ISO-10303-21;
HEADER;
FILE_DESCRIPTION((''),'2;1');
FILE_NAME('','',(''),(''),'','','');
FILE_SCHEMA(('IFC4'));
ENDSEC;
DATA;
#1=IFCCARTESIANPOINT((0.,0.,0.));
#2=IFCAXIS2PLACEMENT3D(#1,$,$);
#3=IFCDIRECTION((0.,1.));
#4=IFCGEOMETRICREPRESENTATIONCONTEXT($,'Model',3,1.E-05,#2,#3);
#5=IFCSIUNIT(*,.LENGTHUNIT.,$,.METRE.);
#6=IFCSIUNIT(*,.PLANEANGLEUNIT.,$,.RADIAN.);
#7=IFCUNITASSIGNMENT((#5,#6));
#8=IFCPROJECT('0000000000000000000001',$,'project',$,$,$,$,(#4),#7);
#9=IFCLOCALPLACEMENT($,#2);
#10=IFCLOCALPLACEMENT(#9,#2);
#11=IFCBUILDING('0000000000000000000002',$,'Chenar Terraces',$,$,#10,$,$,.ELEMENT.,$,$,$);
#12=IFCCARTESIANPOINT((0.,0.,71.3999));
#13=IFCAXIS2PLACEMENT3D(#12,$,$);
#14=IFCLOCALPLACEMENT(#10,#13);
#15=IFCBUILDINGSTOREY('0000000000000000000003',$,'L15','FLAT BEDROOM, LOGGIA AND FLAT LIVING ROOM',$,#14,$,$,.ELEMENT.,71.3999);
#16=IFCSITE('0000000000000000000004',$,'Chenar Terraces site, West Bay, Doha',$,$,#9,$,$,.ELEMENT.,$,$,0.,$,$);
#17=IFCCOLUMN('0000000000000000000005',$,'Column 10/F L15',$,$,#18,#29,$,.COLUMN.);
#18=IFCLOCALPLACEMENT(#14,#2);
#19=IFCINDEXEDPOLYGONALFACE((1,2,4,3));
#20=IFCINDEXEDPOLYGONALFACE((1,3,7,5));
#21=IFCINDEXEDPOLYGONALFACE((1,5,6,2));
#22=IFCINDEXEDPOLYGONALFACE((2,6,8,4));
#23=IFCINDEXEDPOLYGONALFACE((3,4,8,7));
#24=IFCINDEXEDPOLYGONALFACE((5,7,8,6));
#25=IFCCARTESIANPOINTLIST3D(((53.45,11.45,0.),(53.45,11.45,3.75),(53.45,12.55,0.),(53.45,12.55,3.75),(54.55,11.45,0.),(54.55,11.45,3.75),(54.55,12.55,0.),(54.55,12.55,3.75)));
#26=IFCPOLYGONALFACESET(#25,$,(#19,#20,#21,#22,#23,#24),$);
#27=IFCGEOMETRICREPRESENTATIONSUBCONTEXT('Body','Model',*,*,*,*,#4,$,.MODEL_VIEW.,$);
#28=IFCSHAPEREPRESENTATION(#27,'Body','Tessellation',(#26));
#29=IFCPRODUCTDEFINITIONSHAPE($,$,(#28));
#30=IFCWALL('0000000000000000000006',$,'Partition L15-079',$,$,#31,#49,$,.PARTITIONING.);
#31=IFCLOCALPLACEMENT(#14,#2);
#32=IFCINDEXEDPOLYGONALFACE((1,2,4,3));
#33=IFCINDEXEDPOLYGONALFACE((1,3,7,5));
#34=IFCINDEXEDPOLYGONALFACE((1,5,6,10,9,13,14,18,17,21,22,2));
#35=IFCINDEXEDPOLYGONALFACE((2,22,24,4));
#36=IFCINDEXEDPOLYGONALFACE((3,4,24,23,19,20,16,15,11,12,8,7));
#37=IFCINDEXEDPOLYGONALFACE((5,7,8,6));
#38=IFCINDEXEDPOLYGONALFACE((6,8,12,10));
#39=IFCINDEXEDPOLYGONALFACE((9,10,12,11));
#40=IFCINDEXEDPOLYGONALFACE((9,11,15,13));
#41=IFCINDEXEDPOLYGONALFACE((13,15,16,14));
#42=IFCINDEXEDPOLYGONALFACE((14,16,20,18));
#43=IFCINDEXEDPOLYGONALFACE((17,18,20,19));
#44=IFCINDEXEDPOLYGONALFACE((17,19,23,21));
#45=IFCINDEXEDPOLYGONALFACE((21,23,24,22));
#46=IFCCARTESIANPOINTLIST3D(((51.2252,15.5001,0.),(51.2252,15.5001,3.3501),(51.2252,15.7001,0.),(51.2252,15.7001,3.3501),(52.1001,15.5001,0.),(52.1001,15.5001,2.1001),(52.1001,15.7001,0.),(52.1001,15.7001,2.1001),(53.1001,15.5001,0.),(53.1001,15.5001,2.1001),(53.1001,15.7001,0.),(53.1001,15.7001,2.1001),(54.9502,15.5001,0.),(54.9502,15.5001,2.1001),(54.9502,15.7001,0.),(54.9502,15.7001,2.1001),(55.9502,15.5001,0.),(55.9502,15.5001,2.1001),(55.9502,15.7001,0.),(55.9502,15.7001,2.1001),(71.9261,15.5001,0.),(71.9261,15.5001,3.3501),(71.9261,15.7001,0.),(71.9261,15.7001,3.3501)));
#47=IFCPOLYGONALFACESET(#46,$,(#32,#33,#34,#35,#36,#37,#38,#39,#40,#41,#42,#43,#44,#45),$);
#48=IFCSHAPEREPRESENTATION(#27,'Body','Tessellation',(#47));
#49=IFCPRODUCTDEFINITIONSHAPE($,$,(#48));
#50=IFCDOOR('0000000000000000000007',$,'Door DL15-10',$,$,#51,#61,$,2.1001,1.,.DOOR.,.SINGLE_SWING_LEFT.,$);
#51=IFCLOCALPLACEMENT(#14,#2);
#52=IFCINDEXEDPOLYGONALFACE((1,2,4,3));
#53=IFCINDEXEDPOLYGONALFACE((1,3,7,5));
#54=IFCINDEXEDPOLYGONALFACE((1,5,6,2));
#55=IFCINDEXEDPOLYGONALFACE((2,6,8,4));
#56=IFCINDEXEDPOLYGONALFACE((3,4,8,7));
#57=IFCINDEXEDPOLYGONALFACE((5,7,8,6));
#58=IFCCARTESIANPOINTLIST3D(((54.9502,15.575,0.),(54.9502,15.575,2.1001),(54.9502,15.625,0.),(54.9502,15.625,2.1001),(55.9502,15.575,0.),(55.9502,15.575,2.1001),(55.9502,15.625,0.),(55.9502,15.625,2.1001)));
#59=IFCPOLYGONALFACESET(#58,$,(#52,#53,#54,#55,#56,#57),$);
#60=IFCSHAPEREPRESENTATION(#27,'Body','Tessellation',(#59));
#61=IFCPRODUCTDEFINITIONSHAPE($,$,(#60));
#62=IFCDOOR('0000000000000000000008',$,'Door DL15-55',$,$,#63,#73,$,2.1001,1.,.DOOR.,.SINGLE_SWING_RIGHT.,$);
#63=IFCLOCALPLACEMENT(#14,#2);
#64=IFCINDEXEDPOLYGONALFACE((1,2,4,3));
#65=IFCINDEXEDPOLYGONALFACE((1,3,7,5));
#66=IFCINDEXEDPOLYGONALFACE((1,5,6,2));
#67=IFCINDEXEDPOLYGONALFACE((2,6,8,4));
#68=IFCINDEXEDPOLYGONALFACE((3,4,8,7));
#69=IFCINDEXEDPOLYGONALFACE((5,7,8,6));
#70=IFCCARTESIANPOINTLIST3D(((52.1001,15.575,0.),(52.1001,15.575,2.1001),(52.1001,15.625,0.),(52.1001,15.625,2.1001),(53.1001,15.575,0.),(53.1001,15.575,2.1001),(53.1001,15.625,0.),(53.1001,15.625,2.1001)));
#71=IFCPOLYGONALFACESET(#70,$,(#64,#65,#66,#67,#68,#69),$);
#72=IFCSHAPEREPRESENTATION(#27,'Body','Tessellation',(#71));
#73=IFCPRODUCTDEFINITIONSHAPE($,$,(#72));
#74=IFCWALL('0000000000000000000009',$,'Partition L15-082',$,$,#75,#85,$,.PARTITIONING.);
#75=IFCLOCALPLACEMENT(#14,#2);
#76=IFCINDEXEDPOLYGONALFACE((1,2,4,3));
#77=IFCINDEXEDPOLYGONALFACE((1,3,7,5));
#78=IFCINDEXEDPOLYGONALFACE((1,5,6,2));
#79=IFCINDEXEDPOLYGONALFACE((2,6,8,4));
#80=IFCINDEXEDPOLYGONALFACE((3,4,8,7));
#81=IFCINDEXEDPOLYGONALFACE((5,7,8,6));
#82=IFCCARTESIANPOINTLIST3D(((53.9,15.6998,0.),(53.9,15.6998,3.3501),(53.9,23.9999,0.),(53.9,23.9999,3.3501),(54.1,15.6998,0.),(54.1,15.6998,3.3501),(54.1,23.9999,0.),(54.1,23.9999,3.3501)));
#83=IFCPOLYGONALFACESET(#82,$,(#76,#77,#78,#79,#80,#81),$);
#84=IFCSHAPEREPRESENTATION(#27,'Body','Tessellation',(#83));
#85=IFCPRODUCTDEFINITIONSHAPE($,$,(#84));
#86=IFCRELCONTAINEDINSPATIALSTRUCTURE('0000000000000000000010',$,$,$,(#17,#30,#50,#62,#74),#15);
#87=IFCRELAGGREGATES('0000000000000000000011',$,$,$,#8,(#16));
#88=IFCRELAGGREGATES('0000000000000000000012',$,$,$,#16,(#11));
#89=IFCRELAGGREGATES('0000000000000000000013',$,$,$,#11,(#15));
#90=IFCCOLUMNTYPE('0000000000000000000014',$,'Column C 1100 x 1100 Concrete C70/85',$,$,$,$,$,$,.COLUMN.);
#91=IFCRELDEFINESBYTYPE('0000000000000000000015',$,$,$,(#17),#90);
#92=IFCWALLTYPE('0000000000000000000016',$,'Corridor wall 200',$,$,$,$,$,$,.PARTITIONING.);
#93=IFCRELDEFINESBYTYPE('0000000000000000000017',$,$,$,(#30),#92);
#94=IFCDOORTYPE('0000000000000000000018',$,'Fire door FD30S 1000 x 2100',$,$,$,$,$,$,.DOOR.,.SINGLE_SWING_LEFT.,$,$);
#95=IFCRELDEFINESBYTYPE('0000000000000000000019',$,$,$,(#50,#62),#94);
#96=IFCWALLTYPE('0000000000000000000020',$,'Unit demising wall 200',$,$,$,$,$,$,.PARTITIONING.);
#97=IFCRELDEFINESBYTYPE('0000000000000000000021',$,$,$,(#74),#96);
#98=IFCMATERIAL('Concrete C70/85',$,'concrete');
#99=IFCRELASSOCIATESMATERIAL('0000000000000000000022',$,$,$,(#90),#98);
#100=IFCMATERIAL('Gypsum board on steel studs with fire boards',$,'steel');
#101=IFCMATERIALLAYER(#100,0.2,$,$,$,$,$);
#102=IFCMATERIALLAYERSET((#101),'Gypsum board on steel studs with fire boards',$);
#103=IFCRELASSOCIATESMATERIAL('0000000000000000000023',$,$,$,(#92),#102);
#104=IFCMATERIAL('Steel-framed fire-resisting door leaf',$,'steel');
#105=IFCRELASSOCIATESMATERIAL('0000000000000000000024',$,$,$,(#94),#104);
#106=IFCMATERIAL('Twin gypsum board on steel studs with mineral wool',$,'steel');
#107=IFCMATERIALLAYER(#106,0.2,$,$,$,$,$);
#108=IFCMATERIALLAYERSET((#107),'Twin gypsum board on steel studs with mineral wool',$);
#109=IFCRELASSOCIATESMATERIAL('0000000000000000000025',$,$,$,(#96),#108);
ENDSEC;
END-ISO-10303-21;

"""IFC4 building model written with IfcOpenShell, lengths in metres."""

from ifc_helpers import new_model, si_unit, direction, frame, frame_2d, origin, origin_2d, place, context, subcontext, project, spatial, rectangle, extrude, material, layer, layer_set, material_profile, profile_set, type_object, element, fill, save


model = new_model("IFC4")

# Units and contexts
model_context = context("Model", 3, precision=1e-05, world=origin(), true_north=direction((0.0, 1.0)))
body_context = subcontext(model_context, "Body", "Model", "MODEL_VIEW")
ifc_project = project(units=[si_unit("LENGTHUNIT", "METRE"), si_unit("PLANEANGLEUNIT", "RADIAN")], contexts=[model_context])

# Site, building, storey
site_placement = place(None, origin())
site = spatial("IfcSite", under=ifc_project, at=site_placement, Name="Chenar Terraces site, West Bay, Doha", CompositionType="ELEMENT", RefElevation=0.0)
building_placement = place(site_placement, origin())
building = spatial("IfcBuilding", under=site, at=building_placement, Name="Chenar Terraces", CompositionType="ELEMENT")
storey_placement = place(building_placement, frame((0.0, 0.0, 71.3999)))
storey = spatial("IfcBuildingStorey", under=building, at=storey_placement, Name="L15", Description="FLAT BEDROOM, LOGGIA AND FLAT LIVING ROOM", CompositionType="ELEMENT", Elevation=71.3999)

# Column
ifc_material_1 = material(Name="Concrete C70/85", Category="concrete")
ifc_material_profile = material_profile(ifc_material_1, rectangle(XDim=1.1001, YDim=1.1001, at=origin_2d()), Name="C 1100 x 1100")
ifc_profile_set = profile_set([ifc_material_profile], Name="Concrete C70/85")
column_type = type_object("IfcColumnType", Name="Column C 1100 x 1100 Concrete C70/85", PredefinedType="COLUMN", material=ifc_profile_set)
column_placement = place(storey_placement, frame((54.0, 12.0, 0.0), z_axis=(0.0, 0.0, 1.0), x_axis=(1.0, 0.0, 0.0)))
element("IfcColumn", 1, at=column_placement, inside=storey, type_object=column_type, Name="Column 10/F L15", PredefinedType="COLUMN", context=body_context, shape_type="SweptSolid", body=[
    extrude(rectangle(XDim=1.1001, YDim=1.1001, at=origin_2d()), origin(), (0.0, 0.0, 1.0), 3.75),
])

# Wall, openings, doors
ifc_material_2 = material(Name="Gypsum board on steel studs with fire boards", Category="steel")
ifc_layer_1 = layer(ifc_material_2, 0.2)
ifc_layer_set_1 = layer_set([ifc_layer_1], Name="Gypsum board on steel studs with fire boards")
wall_type_1 = type_object("IfcWallType", Name="Corridor wall 200", PredefinedType="PARTITIONING", material=ifc_layer_set_1)
wall_1_placement = place(storey_placement, frame((51.2251, 15.6001, 0.0), z_axis=(0.0, 0.0, 1.0), x_axis=(1.0, 0.0, 0.0)))
wall_1 = element("IfcWall", 2, at=wall_1_placement, inside=storey, type_object=wall_type_1, Name="Partition L15-079", PredefinedType="PARTITIONING", context=body_context, shape_type="SweptSolid", body=[
    extrude(rectangle(XDim=20.7009, YDim=0.2, at=frame_2d((10.3506, 0.0))), origin(), (0.0, 0.0, 1.0), 3.3501),
])
opening_1_placement = place(wall_1_placement, frame((3.7251, 0.0, 0.0)))
opening_1 = element("IfcOpeningElement", 3, at=opening_1_placement, cuts=wall_1, PredefinedType="OPENING", context=body_context, shape_type="SweptSolid", body=[
    extrude(rectangle(XDim=1.0, YDim=2.1001, at=frame_2d((0.5, 1.05))), frame((0.0, 0.1099, 0.0), z_axis=(0.0, -1.0, 0.0), x_axis=(1.0, 0.0, 0.0)), (0.0, 0.0, 1.0), 0.22),
])
opening_2_placement = place(wall_1_placement, frame((0.875, 0.0, 0.0)))
opening_2 = element("IfcOpeningElement", 4, at=opening_2_placement, cuts=wall_1, PredefinedType="OPENING", context=body_context, shape_type="SweptSolid", body=[
    extrude(rectangle(XDim=1.0, YDim=2.1001, at=frame_2d((0.5, 1.05))), frame((0.0, 0.1099, 0.0), z_axis=(0.0, -1.0, 0.0), x_axis=(1.0, 0.0, 0.0)), (0.0, 0.0, 1.0), 0.22),
])
ifc_material_3 = material(Name="Steel-framed fire-resisting door leaf", Category="steel")
door_type_1 = type_object("IfcDoorType", Name="Fire door FD30S 1000 x 2100", OperationType="SINGLE_SWING_LEFT", PredefinedType="DOOR", material=ifc_material_3)
door_1_placement = place(opening_1_placement, origin())
door_1 = element("IfcDoor", 5, at=door_1_placement, inside=storey, type_object=door_type_1, Name="Door DL15-10", OperationType="SINGLE_SWING_LEFT", OverallHeight=2.1001, OverallWidth=1.0, PredefinedType="DOOR", context=body_context, shape_type="SweptSolid", body=[
    extrude(rectangle(XDim=1.0, YDim=2.1001, at=frame_2d((0.5, 1.05))), frame((0.0, 0.0249, 0.0), z_axis=(0.0, -1.0, 0.0), x_axis=(1.0, 0.0, 0.0)), (0.0, 0.0, 1.0), 0.05),
])
fill(opening_1, door_1)
door_2_placement = place(opening_2_placement, origin())
door_2 = element("IfcDoor", 6, at=door_2_placement, inside=storey, type_object=door_type_1, Name="Door DL15-55", OperationType="SINGLE_SWING_RIGHT", OverallHeight=2.1001, OverallWidth=1.0, PredefinedType="DOOR", context=body_context, shape_type="SweptSolid", body=[
    extrude(rectangle(XDim=1.0, YDim=2.1001, at=frame_2d((0.5, 1.05))), frame((0.0, 0.0249, 0.0), z_axis=(0.0, -1.0, 0.0), x_axis=(1.0, 0.0, 0.0)), (0.0, 0.0, 1.0), 0.05),
])
fill(opening_2, door_2)

# Wall
ifc_material_4 = material(Name="Twin gypsum board on steel studs with mineral wool", Category="steel")
ifc_layer_2 = layer(ifc_material_4, 0.2)
ifc_layer_set_2 = layer_set([ifc_layer_2], Name="Twin gypsum board on steel studs with mineral wool")
wall_type_2 = type_object("IfcWallType", Name="Unit demising wall 200", PredefinedType="PARTITIONING", material=ifc_layer_set_2)
wall_2_placement = place(storey_placement, frame((54.0, 15.7, 0.0), z_axis=(0.0, 0.0, 1.0), x_axis=(0.0, 1.0, 0.0)))
element("IfcWall", 7, at=wall_2_placement, inside=storey, type_object=wall_type_2, Name="Partition L15-082", PredefinedType="PARTITIONING", context=body_context, shape_type="SweptSolid", body=[
    extrude(rectangle(XDim=8.3, YDim=0.2, at=frame_2d((4.1499, 0.0))), origin(), (0.0, 0.0, 1.0), 3.3501),
])

save(model, "model.ifc")
